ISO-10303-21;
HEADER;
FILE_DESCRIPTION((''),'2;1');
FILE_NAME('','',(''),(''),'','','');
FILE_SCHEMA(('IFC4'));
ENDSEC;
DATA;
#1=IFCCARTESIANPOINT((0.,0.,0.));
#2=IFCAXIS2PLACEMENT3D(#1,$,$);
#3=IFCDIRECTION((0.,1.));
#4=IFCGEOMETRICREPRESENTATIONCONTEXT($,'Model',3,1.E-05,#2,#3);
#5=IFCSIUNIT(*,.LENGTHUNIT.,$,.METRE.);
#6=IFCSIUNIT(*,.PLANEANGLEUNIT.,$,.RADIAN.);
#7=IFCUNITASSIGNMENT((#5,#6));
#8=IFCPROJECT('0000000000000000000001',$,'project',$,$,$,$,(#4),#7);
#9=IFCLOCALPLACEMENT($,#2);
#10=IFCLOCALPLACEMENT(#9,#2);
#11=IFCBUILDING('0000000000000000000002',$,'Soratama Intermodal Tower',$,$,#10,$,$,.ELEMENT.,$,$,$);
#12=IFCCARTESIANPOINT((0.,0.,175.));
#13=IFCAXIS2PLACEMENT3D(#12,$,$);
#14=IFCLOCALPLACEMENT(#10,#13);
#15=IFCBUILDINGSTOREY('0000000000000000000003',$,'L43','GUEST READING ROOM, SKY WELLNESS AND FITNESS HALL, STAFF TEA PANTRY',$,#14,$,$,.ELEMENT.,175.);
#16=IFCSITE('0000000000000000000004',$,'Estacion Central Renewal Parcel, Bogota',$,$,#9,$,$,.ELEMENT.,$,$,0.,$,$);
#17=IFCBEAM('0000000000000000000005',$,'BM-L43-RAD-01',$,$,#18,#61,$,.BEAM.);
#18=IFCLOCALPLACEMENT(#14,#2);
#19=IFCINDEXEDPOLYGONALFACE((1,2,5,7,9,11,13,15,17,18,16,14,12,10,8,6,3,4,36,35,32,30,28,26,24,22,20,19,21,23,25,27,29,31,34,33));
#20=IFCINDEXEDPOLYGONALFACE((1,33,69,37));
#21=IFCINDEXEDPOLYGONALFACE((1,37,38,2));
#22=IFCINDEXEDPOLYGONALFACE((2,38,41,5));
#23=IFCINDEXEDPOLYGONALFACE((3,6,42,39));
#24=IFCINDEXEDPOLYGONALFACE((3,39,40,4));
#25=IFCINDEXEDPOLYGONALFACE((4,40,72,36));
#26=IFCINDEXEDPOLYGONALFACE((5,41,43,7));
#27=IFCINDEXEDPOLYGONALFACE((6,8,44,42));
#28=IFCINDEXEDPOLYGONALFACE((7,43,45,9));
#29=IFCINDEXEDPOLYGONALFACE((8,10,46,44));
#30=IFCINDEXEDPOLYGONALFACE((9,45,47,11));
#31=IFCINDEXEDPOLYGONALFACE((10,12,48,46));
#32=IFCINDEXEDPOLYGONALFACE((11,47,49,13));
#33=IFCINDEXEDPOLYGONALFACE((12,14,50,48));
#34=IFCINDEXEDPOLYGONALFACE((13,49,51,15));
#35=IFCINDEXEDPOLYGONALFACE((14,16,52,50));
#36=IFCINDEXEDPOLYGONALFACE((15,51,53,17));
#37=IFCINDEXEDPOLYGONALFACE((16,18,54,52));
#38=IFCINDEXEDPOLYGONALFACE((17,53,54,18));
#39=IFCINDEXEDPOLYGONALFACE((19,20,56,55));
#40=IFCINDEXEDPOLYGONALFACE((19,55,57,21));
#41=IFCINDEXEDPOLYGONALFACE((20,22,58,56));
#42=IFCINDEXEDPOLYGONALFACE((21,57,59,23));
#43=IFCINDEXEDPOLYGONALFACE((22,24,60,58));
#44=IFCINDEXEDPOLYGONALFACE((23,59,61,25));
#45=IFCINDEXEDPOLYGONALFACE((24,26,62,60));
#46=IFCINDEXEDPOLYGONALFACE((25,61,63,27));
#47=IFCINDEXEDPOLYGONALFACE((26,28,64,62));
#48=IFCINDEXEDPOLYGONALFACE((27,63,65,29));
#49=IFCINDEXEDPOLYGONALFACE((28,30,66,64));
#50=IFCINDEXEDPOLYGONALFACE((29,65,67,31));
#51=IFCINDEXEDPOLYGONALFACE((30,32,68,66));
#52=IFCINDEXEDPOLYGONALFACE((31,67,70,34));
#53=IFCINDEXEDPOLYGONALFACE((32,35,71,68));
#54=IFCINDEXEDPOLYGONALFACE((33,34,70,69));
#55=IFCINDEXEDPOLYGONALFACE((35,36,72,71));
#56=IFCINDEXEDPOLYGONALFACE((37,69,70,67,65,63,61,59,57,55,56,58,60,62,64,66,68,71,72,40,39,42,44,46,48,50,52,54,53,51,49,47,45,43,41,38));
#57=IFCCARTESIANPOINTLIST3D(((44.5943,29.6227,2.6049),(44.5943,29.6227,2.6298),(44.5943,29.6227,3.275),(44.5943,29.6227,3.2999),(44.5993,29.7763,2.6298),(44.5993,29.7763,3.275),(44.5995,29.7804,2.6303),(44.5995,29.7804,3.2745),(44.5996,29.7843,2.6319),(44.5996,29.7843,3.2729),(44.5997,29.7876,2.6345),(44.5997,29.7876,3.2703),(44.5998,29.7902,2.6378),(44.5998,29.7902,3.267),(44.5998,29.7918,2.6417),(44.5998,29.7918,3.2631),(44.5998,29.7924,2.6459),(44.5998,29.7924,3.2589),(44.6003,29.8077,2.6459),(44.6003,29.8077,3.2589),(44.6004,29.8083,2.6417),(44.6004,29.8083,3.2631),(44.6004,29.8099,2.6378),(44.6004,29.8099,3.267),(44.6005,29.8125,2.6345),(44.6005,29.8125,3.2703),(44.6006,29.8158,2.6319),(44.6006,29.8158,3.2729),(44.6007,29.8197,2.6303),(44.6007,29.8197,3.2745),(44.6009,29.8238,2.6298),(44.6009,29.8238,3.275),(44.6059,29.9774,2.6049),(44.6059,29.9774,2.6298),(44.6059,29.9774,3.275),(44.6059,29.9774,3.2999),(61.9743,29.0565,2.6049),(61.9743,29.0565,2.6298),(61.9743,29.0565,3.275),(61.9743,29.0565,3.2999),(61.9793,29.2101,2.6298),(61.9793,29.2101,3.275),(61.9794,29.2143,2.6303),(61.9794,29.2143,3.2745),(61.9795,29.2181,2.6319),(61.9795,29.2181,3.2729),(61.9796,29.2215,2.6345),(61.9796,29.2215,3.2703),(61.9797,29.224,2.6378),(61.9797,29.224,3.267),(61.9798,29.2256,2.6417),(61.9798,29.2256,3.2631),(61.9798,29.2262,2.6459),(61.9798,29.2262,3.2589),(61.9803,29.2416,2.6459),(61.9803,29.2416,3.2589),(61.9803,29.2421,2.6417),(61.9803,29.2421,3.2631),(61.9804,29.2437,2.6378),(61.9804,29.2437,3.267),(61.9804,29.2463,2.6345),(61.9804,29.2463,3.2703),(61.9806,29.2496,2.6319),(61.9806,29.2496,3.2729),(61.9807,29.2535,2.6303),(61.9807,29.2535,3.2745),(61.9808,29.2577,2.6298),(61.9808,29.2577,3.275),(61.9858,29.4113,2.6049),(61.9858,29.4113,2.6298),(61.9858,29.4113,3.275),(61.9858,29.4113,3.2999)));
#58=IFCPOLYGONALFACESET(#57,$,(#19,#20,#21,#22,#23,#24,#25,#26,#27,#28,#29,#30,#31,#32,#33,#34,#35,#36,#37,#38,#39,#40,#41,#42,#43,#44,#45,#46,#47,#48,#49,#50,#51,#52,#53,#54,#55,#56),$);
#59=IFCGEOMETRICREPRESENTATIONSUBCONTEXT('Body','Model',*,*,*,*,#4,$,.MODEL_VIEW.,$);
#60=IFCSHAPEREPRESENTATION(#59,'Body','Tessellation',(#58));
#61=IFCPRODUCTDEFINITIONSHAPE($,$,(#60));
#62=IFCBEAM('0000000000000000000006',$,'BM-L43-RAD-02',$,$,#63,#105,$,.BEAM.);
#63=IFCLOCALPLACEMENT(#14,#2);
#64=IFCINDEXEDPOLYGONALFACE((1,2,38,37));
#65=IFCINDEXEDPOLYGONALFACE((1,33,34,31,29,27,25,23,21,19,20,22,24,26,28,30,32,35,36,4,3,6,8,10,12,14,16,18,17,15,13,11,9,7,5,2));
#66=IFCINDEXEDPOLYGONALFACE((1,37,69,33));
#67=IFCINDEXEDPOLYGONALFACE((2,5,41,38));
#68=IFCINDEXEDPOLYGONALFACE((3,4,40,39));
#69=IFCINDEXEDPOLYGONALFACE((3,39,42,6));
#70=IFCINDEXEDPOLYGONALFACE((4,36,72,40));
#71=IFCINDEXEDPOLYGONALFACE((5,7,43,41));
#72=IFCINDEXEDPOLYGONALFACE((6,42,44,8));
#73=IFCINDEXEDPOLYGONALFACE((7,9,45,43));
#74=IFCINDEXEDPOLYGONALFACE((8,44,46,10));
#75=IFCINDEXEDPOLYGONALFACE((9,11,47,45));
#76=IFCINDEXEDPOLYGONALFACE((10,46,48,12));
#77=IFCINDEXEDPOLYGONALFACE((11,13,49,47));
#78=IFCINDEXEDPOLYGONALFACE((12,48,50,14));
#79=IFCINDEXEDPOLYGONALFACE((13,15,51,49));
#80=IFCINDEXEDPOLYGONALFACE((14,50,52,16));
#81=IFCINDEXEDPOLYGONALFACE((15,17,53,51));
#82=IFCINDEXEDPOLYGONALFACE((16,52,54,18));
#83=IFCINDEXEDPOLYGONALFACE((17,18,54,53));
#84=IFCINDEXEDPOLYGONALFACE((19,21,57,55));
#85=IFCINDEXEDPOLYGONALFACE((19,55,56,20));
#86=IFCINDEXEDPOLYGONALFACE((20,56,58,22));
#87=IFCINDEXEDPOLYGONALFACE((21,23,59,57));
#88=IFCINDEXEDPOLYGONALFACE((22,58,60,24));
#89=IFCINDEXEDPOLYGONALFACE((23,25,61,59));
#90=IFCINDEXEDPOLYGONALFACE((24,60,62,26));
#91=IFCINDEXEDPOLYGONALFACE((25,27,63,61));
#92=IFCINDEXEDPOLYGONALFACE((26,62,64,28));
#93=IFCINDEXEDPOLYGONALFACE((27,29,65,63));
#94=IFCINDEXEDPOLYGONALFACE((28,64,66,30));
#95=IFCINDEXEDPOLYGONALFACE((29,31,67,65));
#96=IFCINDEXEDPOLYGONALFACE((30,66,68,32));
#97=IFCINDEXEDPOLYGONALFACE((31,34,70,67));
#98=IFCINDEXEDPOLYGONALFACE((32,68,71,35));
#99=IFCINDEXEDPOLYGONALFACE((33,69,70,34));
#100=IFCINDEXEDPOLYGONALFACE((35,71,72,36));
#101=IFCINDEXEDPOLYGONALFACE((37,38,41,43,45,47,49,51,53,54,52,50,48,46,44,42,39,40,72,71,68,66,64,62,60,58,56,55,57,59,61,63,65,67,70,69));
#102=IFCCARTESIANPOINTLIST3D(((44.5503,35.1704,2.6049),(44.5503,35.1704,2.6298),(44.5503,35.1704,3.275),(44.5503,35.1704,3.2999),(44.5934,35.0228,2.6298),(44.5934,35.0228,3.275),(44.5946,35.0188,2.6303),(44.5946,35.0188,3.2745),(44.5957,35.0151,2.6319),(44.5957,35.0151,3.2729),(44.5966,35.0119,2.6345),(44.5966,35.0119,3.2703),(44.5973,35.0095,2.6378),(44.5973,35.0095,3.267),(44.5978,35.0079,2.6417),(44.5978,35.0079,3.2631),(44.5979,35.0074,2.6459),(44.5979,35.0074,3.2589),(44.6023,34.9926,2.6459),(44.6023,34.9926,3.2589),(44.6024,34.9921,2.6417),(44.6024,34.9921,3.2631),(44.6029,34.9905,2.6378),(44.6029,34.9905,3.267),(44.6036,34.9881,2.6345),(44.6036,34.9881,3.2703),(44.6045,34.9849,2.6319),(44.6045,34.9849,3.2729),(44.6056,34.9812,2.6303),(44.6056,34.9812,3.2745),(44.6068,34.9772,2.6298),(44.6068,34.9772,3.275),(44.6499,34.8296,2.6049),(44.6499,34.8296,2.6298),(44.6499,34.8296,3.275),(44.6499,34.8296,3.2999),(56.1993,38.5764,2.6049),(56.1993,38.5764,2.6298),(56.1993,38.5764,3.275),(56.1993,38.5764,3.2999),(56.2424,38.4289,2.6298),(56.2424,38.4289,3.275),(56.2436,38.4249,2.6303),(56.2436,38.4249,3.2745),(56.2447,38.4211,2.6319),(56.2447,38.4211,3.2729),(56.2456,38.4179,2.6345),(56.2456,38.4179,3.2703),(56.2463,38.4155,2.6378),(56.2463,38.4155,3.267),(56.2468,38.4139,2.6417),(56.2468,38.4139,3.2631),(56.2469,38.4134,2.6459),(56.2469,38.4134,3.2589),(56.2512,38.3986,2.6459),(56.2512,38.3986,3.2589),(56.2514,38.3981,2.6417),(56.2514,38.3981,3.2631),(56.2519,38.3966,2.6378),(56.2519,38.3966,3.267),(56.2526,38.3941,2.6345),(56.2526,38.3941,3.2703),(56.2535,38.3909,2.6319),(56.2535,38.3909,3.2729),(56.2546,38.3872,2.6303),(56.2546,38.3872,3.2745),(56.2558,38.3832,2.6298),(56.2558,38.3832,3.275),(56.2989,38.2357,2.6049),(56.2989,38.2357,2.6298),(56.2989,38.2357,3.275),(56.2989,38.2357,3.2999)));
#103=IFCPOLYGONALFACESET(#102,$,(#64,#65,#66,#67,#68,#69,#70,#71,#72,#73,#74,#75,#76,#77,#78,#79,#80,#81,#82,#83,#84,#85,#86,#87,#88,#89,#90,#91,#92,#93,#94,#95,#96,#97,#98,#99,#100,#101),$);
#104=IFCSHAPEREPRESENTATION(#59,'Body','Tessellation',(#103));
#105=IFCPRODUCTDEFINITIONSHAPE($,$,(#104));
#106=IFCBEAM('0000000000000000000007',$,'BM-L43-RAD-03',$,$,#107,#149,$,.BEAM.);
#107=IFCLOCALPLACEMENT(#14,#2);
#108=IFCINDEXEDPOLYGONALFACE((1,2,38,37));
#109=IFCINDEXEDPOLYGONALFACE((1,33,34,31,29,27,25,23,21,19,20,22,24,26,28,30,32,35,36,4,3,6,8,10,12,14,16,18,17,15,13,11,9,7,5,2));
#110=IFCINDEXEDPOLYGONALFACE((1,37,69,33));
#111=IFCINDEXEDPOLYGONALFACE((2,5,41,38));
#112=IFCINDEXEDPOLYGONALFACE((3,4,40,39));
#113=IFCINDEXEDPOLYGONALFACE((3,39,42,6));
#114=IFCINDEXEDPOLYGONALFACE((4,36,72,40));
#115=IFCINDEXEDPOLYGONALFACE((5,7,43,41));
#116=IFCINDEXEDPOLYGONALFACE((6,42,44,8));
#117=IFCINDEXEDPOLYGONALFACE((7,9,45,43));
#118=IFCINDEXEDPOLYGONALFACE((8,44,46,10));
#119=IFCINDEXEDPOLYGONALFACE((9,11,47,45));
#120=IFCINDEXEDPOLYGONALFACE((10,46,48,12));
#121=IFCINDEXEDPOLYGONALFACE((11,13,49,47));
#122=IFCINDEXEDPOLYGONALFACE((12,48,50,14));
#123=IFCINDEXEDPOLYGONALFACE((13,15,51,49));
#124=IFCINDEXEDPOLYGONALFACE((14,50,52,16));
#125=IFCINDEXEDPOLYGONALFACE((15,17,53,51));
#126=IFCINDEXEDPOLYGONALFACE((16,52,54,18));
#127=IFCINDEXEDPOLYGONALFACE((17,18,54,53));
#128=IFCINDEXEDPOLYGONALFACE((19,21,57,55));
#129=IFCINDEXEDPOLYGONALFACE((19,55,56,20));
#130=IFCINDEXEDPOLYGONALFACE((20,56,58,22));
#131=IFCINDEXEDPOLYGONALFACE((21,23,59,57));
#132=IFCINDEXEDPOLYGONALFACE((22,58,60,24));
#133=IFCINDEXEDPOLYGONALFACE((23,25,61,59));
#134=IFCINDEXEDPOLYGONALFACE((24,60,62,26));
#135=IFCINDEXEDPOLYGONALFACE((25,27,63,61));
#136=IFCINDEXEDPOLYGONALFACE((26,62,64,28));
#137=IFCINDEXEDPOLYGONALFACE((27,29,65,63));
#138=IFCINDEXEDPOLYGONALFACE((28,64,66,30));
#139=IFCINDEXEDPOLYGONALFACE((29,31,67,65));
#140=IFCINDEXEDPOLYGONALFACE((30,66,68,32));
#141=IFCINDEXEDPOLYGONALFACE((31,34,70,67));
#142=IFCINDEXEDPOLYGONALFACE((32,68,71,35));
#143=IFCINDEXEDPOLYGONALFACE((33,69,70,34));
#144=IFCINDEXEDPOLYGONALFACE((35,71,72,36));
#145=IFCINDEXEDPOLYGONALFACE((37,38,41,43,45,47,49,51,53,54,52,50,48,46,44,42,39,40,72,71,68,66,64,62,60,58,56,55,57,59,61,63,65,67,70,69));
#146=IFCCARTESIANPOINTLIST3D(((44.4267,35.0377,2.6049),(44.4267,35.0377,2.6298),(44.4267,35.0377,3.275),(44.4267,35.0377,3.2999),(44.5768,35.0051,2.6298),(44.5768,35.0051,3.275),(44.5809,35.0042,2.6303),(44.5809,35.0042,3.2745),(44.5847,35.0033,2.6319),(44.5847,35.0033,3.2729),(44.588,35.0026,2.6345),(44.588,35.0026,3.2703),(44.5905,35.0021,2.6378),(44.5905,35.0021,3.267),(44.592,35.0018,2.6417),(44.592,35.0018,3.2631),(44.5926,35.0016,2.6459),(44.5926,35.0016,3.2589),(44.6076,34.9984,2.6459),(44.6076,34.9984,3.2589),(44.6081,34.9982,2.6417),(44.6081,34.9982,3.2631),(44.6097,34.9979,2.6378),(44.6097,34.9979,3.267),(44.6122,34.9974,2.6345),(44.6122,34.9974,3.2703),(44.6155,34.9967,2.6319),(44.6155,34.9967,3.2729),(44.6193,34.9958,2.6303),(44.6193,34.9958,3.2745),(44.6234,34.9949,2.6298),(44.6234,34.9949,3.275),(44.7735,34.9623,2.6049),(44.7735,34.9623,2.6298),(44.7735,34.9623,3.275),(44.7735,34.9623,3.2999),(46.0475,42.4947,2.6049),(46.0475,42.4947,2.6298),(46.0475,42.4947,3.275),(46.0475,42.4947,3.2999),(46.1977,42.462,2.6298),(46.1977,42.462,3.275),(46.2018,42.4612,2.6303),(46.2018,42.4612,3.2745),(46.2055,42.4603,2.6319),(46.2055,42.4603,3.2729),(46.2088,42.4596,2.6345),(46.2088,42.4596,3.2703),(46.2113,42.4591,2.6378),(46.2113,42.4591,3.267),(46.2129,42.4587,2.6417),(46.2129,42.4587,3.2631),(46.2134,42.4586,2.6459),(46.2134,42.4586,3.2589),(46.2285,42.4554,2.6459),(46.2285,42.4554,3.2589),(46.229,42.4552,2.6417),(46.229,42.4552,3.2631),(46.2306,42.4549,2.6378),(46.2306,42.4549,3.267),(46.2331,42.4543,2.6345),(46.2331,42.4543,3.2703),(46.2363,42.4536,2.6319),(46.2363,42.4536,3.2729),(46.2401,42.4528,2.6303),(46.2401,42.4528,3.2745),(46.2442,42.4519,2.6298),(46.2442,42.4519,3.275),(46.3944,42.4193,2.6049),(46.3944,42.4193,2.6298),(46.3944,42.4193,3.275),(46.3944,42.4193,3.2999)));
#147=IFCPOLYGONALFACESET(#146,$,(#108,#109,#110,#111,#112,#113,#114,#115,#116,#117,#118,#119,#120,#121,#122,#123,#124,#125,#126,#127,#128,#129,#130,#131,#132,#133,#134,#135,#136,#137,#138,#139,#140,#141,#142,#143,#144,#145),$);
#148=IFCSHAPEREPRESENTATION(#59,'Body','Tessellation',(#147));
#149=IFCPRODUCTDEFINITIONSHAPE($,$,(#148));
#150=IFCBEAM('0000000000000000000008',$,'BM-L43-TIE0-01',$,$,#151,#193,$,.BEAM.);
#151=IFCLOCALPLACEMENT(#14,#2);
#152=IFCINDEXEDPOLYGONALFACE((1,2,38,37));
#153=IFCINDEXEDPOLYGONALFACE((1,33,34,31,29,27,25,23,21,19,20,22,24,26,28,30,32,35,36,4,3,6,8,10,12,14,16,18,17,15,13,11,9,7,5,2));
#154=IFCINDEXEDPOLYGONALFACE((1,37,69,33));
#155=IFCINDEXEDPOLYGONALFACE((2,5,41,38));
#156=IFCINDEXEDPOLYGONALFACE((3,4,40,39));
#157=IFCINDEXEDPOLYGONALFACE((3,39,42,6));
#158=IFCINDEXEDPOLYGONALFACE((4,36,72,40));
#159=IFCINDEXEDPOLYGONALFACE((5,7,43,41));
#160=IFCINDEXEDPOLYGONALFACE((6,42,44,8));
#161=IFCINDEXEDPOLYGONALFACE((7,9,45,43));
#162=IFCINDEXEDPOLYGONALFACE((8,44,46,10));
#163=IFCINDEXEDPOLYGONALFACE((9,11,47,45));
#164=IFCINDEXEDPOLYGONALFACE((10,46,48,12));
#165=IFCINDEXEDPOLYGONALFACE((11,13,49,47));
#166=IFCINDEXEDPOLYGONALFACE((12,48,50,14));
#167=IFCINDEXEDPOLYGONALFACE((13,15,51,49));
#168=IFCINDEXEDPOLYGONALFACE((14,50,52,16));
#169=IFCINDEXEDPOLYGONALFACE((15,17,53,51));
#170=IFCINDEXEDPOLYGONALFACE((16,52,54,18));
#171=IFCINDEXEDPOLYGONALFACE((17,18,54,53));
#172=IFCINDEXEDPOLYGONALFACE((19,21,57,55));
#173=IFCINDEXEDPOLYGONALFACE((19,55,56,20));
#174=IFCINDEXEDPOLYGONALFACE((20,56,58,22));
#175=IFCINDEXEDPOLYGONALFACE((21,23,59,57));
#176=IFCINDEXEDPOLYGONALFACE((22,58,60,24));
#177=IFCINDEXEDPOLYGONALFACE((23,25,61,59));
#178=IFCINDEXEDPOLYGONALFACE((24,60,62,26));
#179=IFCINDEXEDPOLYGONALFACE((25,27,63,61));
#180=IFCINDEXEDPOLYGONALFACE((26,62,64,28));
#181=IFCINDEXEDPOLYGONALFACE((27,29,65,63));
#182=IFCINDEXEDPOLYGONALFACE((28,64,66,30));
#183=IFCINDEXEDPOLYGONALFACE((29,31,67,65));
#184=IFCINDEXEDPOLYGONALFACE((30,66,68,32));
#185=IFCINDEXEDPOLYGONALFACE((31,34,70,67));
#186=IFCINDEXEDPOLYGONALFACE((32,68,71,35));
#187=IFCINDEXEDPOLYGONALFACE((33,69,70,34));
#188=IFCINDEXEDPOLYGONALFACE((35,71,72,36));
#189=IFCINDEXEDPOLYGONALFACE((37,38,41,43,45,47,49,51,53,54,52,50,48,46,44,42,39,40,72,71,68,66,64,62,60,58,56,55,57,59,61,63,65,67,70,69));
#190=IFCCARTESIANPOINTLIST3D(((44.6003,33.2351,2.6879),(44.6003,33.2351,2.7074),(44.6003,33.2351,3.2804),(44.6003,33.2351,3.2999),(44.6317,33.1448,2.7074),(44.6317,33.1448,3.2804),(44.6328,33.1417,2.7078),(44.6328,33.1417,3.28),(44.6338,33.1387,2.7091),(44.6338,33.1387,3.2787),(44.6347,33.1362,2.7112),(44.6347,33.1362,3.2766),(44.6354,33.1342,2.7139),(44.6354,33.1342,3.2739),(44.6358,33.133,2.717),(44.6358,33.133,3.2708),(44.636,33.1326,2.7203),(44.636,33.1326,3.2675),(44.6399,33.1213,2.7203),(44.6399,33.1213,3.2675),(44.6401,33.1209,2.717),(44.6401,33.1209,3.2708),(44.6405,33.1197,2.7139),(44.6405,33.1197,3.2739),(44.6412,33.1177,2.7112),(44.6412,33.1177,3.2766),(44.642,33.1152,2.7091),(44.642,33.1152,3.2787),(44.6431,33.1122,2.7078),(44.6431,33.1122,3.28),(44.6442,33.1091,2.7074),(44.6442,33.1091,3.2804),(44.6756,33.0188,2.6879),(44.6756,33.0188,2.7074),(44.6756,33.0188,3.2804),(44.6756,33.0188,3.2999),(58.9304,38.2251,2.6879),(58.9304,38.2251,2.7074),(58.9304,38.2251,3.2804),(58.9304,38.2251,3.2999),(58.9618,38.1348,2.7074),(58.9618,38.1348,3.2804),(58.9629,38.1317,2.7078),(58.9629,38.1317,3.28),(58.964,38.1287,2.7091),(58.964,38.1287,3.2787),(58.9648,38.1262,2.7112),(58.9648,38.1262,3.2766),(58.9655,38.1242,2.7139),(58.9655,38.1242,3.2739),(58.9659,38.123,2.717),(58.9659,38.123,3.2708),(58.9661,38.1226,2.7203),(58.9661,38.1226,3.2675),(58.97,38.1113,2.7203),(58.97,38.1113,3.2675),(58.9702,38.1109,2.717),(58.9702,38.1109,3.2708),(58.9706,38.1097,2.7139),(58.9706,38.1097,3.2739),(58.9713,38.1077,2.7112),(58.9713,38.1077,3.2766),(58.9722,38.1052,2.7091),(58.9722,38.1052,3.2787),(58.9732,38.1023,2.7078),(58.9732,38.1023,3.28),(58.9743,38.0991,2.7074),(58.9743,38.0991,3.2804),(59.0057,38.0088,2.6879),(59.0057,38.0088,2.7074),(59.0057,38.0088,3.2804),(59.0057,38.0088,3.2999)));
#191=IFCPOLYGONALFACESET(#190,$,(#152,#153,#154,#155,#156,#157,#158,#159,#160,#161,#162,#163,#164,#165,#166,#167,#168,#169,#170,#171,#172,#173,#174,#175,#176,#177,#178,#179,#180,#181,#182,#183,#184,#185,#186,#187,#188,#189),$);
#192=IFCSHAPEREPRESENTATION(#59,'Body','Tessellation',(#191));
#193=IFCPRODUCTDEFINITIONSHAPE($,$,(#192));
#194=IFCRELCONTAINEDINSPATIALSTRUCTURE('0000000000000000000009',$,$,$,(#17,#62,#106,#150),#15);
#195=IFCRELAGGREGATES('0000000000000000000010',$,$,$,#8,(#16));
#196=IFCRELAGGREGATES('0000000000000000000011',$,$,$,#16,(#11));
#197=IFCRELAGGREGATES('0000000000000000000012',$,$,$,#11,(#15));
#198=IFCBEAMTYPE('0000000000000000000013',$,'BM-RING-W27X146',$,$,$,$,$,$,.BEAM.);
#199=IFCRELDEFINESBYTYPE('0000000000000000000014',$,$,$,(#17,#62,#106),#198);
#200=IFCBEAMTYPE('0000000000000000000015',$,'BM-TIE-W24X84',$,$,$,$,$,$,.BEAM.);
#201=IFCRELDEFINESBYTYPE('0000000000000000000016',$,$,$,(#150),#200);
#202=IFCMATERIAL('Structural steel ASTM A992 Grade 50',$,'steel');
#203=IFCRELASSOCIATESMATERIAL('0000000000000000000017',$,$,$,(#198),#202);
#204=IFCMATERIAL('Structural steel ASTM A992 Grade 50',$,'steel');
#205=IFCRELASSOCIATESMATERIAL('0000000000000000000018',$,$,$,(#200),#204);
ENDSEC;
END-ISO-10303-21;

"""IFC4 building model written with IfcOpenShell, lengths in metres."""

from ifc_helpers import new_model, si_unit, direction, frame, origin, origin_2d, place, context, subcontext, project, spatial, i_section, extrude, material, material_profile, profile_set, type_object, element, save


model = new_model("IFC4")

# Units and contexts
model_context = context("Model", 3, precision=1e-05, world=origin(), true_north=direction((0.0, 1.0)))
body_context = subcontext(model_context, "Body", "Model", "MODEL_VIEW")
ifc_project = project(units=[si_unit("LENGTHUNIT", "METRE"), si_unit("PLANEANGLEUNIT", "RADIAN")], contexts=[model_context])

# Site, building, storey
site_placement = place(None, origin())
site = spatial("IfcSite", under=ifc_project, at=site_placement, Name="Estacion Central Renewal Parcel, Bogota", CompositionType="ELEMENT", RefElevation=0.0)
building_placement = place(site_placement, origin())
building = spatial("IfcBuilding", under=site, at=building_placement, Name="Soratama Intermodal Tower", CompositionType="ELEMENT")
storey_placement = place(building_placement, frame((0.0, 0.0, 175.0)))
storey = spatial("IfcBuildingStorey", under=building, at=storey_placement, Name="L43", Description="GUEST READING ROOM, SKY WELLNESS AND FITNESS HALL, STAFF TEA PANTRY", CompositionType="ELEMENT", Elevation=175.0)

# Beams
ifc_material_1 = material(Name="Structural steel ASTM A992 Grade 50", Category="steel")
ifc_material_profile_1 = material_profile(ifc_material_1, i_section(OverallWidth=0.355, OverallDepth=0.6951, WebThickness=0.0154, FlangeThickness=0.0249, FilletRadius=0.0161, at=origin_2d()), Name="W27X146")
ifc_profile_set_1 = profile_set([ifc_material_profile_1], Name="Structural steel ASTM A992 Grade 50")
beam_type_1 = type_object("IfcBeamType", Name="BM-RING-W27X146", PredefinedType="BEAM", material=ifc_profile_set_1)
beam_1_placement = place(storey_placement, frame((44.6001, 29.8, 2.9524), z_axis=(0.99947, -0.032558, 0.0), x_axis=(0.032558, 0.99947, 0.0)))
element("IfcBeam", 1, at=beam_1_placement, inside=storey, type_object=beam_type_1, Name="BM-L43-RAD-01", PredefinedType="BEAM", context=body_context, shape_type="SweptSolid", body=[
    extrude(i_section(OverallWidth=0.355, OverallDepth=0.6951, WebThickness=0.0154, FlangeThickness=0.0249, FilletRadius=0.0161, at=origin_2d()), origin(), (0.0, 0.0, 1.0), 17.3892),
])
beam_2_placement = place(storey_placement, frame((44.6001, 35.0, 2.9524), z_axis=(0.959814, 0.280638, 0.0), x_axis=(-0.280638, 0.959814, 0.0)))
element("IfcBeam", 2, at=beam_2_placement, inside=storey, type_object=beam_type_1, Name="BM-L43-RAD-02", PredefinedType="BEAM", context=body_context, shape_type="SweptSolid", body=[
    extrude(i_section(OverallWidth=0.355, OverallDepth=0.6951, WebThickness=0.0154, FlangeThickness=0.0249, FilletRadius=0.0161, at=origin_2d()), origin(), (0.0, 0.0, 1.0), 12.1367),
])
beam_3_placement = place(storey_placement, frame((44.6001, 35.0, 2.9524), z_axis=(0.212399, 0.977183, 0.0), x_axis=(-0.977183, 0.212399, 0.0)))
element("IfcBeam", 3, at=beam_3_placement, inside=storey, type_object=beam_type_1, Name="BM-L43-RAD-03", PredefinedType="BEAM", context=body_context, shape_type="SweptSolid", body=[
    extrude(i_section(OverallWidth=0.355, OverallDepth=0.6951, WebThickness=0.0154, FlangeThickness=0.0249, FilletRadius=0.0161, at=origin_2d()), origin(), (0.0, 0.0, 1.0), 7.6311),
])
ifc_material_2 = material(Name="Structural steel ASTM A992 Grade 50", Category="steel")
ifc_material_profile_2 = material_profile(ifc_material_2, i_section(OverallWidth=0.229, OverallDepth=0.6121, WebThickness=0.012, FlangeThickness=0.0195, FilletRadius=0.0129, at=origin_2d()), Name="W24X84")
ifc_profile_set_2 = profile_set([ifc_material_profile_2], Name="Structural steel ASTM A992 Grade 50")
beam_type_2 = type_object("IfcBeamType", Name="BM-TIE-W24X84", PredefinedType="BEAM", material=ifc_profile_set_2)
beam_4_placement = place(storey_placement, frame((44.6379, 33.127, 2.9939), z_axis=(0.944382, 0.328851, 0.0), x_axis=(-0.328851, 0.944382, 0.0)))
element("IfcBeam", 4, at=beam_4_placement, inside=storey, type_object=beam_type_2, Name="BM-L43-TIE0-01", PredefinedType="BEAM", context=body_context, shape_type="SweptSolid", body=[
    extrude(i_section(OverallWidth=0.229, OverallDepth=0.6121, WebThickness=0.012, FlangeThickness=0.0195, FilletRadius=0.0129, at=origin_2d()), origin(), (0.0, 0.0, 1.0), 15.1741),
])

save(model, "model.ifc")
